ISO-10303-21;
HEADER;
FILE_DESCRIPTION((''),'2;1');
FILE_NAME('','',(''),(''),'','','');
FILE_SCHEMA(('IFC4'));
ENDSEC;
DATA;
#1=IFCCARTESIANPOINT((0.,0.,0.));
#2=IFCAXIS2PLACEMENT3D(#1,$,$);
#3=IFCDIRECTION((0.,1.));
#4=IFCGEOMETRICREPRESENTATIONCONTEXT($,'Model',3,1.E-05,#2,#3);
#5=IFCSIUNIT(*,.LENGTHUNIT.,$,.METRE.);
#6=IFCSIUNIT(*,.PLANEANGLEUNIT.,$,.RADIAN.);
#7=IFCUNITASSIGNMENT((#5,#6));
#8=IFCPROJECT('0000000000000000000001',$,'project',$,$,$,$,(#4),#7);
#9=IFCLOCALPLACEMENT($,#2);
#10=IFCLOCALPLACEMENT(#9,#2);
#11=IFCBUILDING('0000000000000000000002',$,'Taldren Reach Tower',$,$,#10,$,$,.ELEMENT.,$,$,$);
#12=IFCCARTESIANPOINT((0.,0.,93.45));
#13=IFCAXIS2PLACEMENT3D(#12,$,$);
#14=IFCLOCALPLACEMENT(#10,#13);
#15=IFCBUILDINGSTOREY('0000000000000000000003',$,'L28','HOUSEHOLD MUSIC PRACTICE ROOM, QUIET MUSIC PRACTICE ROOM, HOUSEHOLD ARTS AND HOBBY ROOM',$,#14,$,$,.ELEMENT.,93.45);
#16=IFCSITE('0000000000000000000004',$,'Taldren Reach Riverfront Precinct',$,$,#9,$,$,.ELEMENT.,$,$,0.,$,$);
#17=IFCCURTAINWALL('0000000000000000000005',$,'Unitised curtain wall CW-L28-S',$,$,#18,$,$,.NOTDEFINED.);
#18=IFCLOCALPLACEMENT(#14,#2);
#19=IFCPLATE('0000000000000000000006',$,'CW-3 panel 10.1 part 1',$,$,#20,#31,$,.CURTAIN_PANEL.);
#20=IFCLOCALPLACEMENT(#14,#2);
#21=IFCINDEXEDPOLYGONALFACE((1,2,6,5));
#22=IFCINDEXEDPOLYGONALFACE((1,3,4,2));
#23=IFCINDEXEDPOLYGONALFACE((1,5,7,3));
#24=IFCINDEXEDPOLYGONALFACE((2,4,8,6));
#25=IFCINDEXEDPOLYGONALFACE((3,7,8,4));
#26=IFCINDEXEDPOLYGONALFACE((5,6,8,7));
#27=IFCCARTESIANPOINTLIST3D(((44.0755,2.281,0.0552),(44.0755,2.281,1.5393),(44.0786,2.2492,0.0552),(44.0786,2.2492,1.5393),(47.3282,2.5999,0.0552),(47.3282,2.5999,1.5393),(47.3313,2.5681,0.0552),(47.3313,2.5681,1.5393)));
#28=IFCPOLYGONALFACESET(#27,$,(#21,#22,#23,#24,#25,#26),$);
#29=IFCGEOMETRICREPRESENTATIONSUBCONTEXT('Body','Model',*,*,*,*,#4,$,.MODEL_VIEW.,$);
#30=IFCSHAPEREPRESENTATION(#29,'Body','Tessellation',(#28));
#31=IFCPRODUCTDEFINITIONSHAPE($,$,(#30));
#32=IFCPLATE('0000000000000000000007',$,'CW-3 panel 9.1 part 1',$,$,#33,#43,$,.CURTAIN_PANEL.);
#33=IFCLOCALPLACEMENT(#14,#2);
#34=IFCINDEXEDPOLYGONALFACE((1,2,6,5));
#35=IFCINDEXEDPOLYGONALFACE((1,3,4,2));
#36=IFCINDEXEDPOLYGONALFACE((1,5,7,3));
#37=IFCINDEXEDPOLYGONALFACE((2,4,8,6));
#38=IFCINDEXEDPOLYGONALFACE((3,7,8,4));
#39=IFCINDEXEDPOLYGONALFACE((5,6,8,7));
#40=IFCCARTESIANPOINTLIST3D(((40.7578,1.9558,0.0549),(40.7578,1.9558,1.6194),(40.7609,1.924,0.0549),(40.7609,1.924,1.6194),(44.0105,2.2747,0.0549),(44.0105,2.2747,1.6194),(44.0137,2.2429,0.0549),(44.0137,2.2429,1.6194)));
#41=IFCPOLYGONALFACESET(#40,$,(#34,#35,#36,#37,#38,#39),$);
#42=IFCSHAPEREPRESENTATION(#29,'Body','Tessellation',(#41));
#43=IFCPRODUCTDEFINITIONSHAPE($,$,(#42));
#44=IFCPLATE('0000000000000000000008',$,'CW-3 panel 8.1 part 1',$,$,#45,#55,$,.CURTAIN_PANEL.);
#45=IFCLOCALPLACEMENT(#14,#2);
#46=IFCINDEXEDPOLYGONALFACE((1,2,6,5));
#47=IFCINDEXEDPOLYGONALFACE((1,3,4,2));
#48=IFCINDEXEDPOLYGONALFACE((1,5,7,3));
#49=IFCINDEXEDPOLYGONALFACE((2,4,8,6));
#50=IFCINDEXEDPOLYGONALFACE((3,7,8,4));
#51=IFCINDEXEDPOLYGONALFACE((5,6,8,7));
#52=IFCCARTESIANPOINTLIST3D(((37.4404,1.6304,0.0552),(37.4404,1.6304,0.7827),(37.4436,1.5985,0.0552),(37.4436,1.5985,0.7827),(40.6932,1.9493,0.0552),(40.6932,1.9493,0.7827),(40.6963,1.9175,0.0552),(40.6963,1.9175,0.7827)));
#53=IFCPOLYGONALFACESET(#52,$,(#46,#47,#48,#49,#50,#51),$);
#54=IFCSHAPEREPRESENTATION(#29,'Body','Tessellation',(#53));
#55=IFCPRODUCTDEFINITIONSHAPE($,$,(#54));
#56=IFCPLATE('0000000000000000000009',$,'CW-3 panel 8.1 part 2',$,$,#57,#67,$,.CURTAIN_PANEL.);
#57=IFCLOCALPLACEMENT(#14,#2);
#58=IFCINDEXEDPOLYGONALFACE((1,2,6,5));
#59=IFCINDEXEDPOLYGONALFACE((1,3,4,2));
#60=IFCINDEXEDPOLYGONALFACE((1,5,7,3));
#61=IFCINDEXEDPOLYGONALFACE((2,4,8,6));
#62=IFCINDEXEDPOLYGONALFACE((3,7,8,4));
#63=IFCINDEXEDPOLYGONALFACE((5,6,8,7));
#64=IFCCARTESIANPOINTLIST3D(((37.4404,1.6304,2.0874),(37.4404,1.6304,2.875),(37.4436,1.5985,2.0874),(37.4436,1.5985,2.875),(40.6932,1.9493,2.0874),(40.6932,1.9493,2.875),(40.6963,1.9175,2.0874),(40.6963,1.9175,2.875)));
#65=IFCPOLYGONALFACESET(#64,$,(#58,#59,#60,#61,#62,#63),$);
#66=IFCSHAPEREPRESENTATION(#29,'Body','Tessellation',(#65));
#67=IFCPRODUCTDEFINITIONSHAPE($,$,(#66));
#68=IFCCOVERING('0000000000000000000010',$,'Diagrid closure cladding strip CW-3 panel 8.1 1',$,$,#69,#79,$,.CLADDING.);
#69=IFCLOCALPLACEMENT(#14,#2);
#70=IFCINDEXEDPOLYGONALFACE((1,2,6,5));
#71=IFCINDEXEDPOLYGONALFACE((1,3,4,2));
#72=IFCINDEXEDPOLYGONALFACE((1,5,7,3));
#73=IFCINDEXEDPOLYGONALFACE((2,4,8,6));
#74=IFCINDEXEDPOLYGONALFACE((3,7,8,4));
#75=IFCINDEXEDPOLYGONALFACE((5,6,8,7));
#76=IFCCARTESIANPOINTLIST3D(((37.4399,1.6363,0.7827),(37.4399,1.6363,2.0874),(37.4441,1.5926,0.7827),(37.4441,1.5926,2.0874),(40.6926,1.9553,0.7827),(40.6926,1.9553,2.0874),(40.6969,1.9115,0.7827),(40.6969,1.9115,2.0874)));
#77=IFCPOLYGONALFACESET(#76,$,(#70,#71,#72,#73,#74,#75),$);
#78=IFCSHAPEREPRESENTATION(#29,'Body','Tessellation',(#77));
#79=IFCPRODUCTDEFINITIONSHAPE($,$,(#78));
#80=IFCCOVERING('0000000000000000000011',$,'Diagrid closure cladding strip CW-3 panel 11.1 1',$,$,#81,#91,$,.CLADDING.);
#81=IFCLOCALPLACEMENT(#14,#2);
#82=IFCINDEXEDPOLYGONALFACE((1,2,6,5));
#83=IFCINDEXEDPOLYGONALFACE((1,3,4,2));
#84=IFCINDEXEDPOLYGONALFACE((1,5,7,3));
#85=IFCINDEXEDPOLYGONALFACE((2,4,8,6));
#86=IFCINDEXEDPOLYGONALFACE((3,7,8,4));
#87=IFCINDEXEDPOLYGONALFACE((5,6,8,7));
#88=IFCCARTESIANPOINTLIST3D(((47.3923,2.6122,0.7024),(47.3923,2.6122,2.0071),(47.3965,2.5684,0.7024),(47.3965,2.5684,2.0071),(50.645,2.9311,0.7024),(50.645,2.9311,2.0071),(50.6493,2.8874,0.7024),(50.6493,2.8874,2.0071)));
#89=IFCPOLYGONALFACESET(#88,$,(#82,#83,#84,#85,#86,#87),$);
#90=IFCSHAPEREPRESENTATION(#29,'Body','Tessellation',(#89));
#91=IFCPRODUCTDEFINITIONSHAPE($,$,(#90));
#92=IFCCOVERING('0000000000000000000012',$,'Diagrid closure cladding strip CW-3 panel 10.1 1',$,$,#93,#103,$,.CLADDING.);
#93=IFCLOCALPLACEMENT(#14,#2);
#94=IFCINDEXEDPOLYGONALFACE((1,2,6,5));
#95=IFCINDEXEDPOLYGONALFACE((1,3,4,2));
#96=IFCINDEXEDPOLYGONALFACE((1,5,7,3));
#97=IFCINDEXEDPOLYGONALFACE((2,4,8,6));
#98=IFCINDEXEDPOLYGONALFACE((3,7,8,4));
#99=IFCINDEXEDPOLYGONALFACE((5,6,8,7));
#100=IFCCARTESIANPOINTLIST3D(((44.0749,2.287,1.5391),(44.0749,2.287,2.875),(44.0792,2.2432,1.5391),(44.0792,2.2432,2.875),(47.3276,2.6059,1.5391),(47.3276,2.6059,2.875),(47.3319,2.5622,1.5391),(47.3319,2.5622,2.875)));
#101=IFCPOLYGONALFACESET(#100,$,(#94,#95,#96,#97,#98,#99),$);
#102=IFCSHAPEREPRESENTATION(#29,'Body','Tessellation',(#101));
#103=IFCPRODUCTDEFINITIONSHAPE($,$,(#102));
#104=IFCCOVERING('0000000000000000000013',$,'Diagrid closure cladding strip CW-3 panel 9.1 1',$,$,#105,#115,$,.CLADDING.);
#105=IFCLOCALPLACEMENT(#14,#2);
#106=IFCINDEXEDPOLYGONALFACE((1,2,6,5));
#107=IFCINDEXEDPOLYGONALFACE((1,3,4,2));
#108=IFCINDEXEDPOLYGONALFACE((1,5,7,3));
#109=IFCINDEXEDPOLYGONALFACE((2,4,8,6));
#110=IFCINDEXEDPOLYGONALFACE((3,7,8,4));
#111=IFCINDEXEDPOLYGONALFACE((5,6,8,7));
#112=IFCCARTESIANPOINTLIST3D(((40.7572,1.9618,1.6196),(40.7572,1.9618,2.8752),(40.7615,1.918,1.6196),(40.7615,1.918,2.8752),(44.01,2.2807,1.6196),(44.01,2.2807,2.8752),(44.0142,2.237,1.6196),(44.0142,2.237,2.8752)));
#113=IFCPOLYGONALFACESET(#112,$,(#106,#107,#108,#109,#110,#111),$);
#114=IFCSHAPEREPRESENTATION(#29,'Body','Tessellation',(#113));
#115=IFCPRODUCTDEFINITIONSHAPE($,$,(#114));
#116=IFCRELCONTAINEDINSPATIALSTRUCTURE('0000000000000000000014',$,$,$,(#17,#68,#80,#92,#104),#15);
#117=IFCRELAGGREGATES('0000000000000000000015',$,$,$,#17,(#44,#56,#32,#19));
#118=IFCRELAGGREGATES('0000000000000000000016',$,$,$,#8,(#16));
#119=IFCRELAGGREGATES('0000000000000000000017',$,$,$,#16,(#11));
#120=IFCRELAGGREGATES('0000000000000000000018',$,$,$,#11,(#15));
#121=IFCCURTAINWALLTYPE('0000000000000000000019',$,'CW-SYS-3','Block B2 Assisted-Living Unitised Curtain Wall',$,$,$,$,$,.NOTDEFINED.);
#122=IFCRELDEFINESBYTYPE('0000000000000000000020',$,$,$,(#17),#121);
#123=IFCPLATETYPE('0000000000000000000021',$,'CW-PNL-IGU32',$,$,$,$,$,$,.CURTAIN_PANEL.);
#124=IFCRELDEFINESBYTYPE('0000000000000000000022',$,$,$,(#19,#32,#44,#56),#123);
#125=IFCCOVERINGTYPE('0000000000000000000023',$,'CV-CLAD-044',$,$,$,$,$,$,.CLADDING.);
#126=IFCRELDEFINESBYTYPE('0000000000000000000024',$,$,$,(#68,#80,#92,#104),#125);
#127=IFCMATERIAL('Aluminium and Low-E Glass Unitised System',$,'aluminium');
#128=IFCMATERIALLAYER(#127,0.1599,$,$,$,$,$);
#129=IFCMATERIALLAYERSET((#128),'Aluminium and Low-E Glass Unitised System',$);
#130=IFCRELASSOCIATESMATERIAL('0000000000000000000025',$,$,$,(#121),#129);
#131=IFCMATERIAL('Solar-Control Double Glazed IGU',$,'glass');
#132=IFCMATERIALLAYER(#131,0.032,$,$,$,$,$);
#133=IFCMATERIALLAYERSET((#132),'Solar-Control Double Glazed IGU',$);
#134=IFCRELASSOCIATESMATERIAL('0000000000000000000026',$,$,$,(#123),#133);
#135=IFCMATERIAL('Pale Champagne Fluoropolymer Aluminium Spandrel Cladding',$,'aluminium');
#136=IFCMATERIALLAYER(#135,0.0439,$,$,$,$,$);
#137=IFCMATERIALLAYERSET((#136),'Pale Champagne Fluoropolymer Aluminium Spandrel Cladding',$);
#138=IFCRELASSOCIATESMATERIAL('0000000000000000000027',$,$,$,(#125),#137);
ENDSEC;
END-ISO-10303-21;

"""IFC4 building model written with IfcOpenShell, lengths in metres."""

from ifc_helpers import new_model, si_unit, direction, frame, origin, origin_2d, place, context, subcontext, project, spatial, rectangle, extrude, source, transform, mapped, material, layer, layer_set, type_object, element, aggregate, save


model = new_model("IFC4")

# Units and contexts
model_context = context("Model", 3, precision=1e-05, world=origin(), true_north=direction((0.0, 1.0)))
body_context = subcontext(model_context, "Body", "Model", "MODEL_VIEW")
ifc_project = project(units=[si_unit("LENGTHUNIT", "METRE"), si_unit("PLANEANGLEUNIT", "RADIAN")], contexts=[model_context])

# Site, building, storey
site_placement = place(None, origin())
site = spatial("IfcSite", under=ifc_project, at=site_placement, Name="Taldren Reach Riverfront Precinct", CompositionType="ELEMENT", RefElevation=0.0)
building_placement = place(site_placement, origin())
building = spatial("IfcBuilding", under=site, at=building_placement, Name="Taldren Reach Tower", CompositionType="ELEMENT")
storey_placement = place(building_placement, frame((0.0, 0.0, 93.45)))
storey = spatial("IfcBuildingStorey", under=building, at=storey_placement, Name="L28", Description="HOUSEHOLD MUSIC PRACTICE ROOM, QUIET MUSIC PRACTICE ROOM, HOUSEHOLD ARTS AND HOBBY ROOM", CompositionType="ELEMENT", Elevation=93.45)

# Curtain wall
ifc_material_1 = material(Name="Aluminium and Low-E Glass Unitised System", Category="aluminium")
ifc_layer_1 = layer(ifc_material_1, 0.1599)
ifc_layer_set_1 = layer_set([ifc_layer_1], Name="Aluminium and Low-E Glass Unitised System")
curtain_wall_type = type_object("IfcCurtainWallType", Name="CW-SYS-3", Description="Block B2 Assisted-Living Unitised Curtain Wall", PredefinedType="NOTDEFINED", material=ifc_layer_set_1)
curtain_wall_placement = place(storey_placement, origin())
curtain_wall = element("IfcCurtainWall", 1, at=curtain_wall_placement, inside=storey, type_object=curtain_wall_type, Name="Unitised curtain wall CW-L28-S", PredefinedType="NOTDEFINED")

# Plates
ifc_material_2 = material(Name="Solar-Control Double Glazed IGU", Category="glass")
ifc_layer_2 = layer(ifc_material_2, 0.032)
ifc_layer_set_2 = layer_set([ifc_layer_2], Name="Solar-Control Double Glazed IGU")
plate_type_1 = type_object("IfcPlateType", Name="CW-PNL-IGU32", PredefinedType="CURTAIN_PANEL", material=ifc_layer_set_2)
shared_shape_1 = source(origin(), body_context, "Body", "SweptSolid", [
    extrude(rectangle(XDim=3.2683, YDim=0.032, at=origin_2d()), origin(), (0.0, 0.0, 1.0), 1.4841),
])
plate_1_placement = place(storey_placement, frame((45.7034, 2.4246, 0.0552), z_axis=(0.0, 0.0, 1.0), x_axis=(0.995227, 0.097583, 0.0)))
plate_1 = element("IfcPlate", 2, at=plate_1_placement, type_object=plate_type_1, Name="CW-3 panel 10.1 part 1", PredefinedType="CURTAIN_PANEL", context=body_context, shape_type="MappedRepresentation", body=[
    mapped(shared_shape_1, transform((0.0, 0.0, 0.0), scale=1.0)),
])
shared_shape_2 = source(origin(), body_context, "Body", "SweptSolid", [
    extrude(rectangle(XDim=3.2683, YDim=0.032, at=origin_2d()), origin(), (0.0, 0.0, 1.0), 1.5645),
])
plate_2_placement = place(storey_placement, frame((42.3857, 2.0994, 0.0549), z_axis=(0.0, 0.0, 1.0), x_axis=(0.995227, 0.097583, 0.0)))
plate_2 = element("IfcPlate", 3, at=plate_2_placement, type_object=plate_type_1, Name="CW-3 panel 9.1 part 1", PredefinedType="CURTAIN_PANEL", context=body_context, shape_type="MappedRepresentation", body=[
    mapped(shared_shape_2, transform((0.0, 0.0, 0.0), scale=1.0)),
])
shared_shape_3 = source(origin(), body_context, "Body", "SweptSolid", [
    extrude(rectangle(XDim=3.2683, YDim=0.032, at=origin_2d()), origin(), (0.0, 0.0, 1.0), 0.7275),
])
plate_3_placement = place(storey_placement, frame((39.0684, 1.7739, 0.0552), z_axis=(0.0, 0.0, 1.0), x_axis=(0.995227, 0.097583, 0.0)))
plate_3 = element("IfcPlate", 4, at=plate_3_placement, type_object=plate_type_1, Name="CW-3 panel 8.1 part 1", PredefinedType="CURTAIN_PANEL", context=body_context, shape_type="MappedRepresentation", body=[
    mapped(shared_shape_3, transform((0.0, 0.0, 0.0), scale=1.0)),
])
shared_shape_4 = source(origin(), body_context, "Body", "SweptSolid", [
    extrude(rectangle(XDim=3.2683, YDim=0.032, at=origin_2d()), origin(), (0.0, 0.0, 1.0), 0.7876),
])
plate_4_placement = place(storey_placement, frame((39.0684, 1.7739, 2.0874), z_axis=(0.0, 0.0, 1.0), x_axis=(0.995227, 0.097583, 0.0)))
plate_4 = element("IfcPlate", 5, at=plate_4_placement, type_object=plate_type_1, Name="CW-3 panel 8.1 part 2", PredefinedType="CURTAIN_PANEL", context=body_context, shape_type="MappedRepresentation", body=[
    mapped(shared_shape_4, transform((0.0, 0.0, 0.0), scale=1.0)),
])
aggregate(curtain_wall, [plate_3, plate_4, plate_2, plate_1])

# Coverings
ifc_material_3 = material(Name="Pale Champagne Fluoropolymer Aluminium Spandrel Cladding", Category="aluminium")
ifc_layer_3 = layer(ifc_material_3, 0.0439)
ifc_layer_set_3 = layer_set([ifc_layer_3], Name="Pale Champagne Fluoropolymer Aluminium Spandrel Cladding")
covering_type = type_object("IfcCoveringType", Name="CV-CLAD-044", PredefinedType="CLADDING", material=ifc_layer_set_3)
shared_shape_5 = source(origin(), body_context, "Body", "SweptSolid", [
    extrude(rectangle(XDim=3.2683, YDim=0.0439, at=origin_2d()), origin(), (0.0, 0.0, 1.0), 1.3047),
])
for number, where, z_axis, x_axis, name in (
    (6, (39.0684, 1.7739, 0.7827), (0.0, 0.0, 1.0), (0.995227, 0.097583, 0.0), "Diagrid closure cladding strip CW-3 panel 8.1 1"),
    (7, (49.0208, 2.7498, 0.7024), (0.0, 0.0, 1.0), (0.995227, 0.097583, 0.0), "Diagrid closure cladding strip CW-3 panel 11.1 1"),
):
    element("IfcCovering", number, at=place(storey_placement, frame(where, z_axis=z_axis, x_axis=x_axis)), inside=storey, type_object=covering_type, Name=name, PredefinedType="CLADDING", context=body_context, shape_type="MappedRepresentation", body=[
        mapped(shared_shape_5, transform((0.0, 0.0, 0.0), scale=1.0)),
    ])
shared_shape_6 = source(origin(), body_context, "Body", "SweptSolid", [
    extrude(rectangle(XDim=3.2683, YDim=0.0439, at=origin_2d()), origin(), (0.0, 0.0, 1.0), 1.3359),
])
covering_1_placement = place(storey_placement, frame((45.7034, 2.4246, 1.5391), z_axis=(0.0, 0.0, 1.0), x_axis=(0.995227, 0.097583, 0.0)))
element("IfcCovering", 8, at=covering_1_placement, inside=storey, type_object=covering_type, Name="Diagrid closure cladding strip CW-3 panel 10.1 1", PredefinedType="CLADDING", context=body_context, shape_type="MappedRepresentation", body=[
    mapped(shared_shape_6, transform((0.0, 0.0, 0.0), scale=1.0)),
])
shared_shape_7 = source(origin(), body_context, "Body", "SweptSolid", [
    extrude(rectangle(XDim=3.2683, YDim=0.0439, at=origin_2d()), origin(), (0.0, 0.0, 1.0), 1.2556),
])
covering_2_placement = place(storey_placement, frame((42.3857, 2.0994, 1.6196), z_axis=(0.0, 0.0, 1.0), x_axis=(0.995227, 0.097583, 0.0)))
element("IfcCovering", 9, at=covering_2_placement, inside=storey, type_object=covering_type, Name="Diagrid closure cladding strip CW-3 panel 9.1 1", PredefinedType="CLADDING", context=body_context, shape_type="MappedRepresentation", body=[
    mapped(shared_shape_7, transform((0.0, 0.0, 0.0), scale=1.0)),
])

save(model, "model.ifc")
